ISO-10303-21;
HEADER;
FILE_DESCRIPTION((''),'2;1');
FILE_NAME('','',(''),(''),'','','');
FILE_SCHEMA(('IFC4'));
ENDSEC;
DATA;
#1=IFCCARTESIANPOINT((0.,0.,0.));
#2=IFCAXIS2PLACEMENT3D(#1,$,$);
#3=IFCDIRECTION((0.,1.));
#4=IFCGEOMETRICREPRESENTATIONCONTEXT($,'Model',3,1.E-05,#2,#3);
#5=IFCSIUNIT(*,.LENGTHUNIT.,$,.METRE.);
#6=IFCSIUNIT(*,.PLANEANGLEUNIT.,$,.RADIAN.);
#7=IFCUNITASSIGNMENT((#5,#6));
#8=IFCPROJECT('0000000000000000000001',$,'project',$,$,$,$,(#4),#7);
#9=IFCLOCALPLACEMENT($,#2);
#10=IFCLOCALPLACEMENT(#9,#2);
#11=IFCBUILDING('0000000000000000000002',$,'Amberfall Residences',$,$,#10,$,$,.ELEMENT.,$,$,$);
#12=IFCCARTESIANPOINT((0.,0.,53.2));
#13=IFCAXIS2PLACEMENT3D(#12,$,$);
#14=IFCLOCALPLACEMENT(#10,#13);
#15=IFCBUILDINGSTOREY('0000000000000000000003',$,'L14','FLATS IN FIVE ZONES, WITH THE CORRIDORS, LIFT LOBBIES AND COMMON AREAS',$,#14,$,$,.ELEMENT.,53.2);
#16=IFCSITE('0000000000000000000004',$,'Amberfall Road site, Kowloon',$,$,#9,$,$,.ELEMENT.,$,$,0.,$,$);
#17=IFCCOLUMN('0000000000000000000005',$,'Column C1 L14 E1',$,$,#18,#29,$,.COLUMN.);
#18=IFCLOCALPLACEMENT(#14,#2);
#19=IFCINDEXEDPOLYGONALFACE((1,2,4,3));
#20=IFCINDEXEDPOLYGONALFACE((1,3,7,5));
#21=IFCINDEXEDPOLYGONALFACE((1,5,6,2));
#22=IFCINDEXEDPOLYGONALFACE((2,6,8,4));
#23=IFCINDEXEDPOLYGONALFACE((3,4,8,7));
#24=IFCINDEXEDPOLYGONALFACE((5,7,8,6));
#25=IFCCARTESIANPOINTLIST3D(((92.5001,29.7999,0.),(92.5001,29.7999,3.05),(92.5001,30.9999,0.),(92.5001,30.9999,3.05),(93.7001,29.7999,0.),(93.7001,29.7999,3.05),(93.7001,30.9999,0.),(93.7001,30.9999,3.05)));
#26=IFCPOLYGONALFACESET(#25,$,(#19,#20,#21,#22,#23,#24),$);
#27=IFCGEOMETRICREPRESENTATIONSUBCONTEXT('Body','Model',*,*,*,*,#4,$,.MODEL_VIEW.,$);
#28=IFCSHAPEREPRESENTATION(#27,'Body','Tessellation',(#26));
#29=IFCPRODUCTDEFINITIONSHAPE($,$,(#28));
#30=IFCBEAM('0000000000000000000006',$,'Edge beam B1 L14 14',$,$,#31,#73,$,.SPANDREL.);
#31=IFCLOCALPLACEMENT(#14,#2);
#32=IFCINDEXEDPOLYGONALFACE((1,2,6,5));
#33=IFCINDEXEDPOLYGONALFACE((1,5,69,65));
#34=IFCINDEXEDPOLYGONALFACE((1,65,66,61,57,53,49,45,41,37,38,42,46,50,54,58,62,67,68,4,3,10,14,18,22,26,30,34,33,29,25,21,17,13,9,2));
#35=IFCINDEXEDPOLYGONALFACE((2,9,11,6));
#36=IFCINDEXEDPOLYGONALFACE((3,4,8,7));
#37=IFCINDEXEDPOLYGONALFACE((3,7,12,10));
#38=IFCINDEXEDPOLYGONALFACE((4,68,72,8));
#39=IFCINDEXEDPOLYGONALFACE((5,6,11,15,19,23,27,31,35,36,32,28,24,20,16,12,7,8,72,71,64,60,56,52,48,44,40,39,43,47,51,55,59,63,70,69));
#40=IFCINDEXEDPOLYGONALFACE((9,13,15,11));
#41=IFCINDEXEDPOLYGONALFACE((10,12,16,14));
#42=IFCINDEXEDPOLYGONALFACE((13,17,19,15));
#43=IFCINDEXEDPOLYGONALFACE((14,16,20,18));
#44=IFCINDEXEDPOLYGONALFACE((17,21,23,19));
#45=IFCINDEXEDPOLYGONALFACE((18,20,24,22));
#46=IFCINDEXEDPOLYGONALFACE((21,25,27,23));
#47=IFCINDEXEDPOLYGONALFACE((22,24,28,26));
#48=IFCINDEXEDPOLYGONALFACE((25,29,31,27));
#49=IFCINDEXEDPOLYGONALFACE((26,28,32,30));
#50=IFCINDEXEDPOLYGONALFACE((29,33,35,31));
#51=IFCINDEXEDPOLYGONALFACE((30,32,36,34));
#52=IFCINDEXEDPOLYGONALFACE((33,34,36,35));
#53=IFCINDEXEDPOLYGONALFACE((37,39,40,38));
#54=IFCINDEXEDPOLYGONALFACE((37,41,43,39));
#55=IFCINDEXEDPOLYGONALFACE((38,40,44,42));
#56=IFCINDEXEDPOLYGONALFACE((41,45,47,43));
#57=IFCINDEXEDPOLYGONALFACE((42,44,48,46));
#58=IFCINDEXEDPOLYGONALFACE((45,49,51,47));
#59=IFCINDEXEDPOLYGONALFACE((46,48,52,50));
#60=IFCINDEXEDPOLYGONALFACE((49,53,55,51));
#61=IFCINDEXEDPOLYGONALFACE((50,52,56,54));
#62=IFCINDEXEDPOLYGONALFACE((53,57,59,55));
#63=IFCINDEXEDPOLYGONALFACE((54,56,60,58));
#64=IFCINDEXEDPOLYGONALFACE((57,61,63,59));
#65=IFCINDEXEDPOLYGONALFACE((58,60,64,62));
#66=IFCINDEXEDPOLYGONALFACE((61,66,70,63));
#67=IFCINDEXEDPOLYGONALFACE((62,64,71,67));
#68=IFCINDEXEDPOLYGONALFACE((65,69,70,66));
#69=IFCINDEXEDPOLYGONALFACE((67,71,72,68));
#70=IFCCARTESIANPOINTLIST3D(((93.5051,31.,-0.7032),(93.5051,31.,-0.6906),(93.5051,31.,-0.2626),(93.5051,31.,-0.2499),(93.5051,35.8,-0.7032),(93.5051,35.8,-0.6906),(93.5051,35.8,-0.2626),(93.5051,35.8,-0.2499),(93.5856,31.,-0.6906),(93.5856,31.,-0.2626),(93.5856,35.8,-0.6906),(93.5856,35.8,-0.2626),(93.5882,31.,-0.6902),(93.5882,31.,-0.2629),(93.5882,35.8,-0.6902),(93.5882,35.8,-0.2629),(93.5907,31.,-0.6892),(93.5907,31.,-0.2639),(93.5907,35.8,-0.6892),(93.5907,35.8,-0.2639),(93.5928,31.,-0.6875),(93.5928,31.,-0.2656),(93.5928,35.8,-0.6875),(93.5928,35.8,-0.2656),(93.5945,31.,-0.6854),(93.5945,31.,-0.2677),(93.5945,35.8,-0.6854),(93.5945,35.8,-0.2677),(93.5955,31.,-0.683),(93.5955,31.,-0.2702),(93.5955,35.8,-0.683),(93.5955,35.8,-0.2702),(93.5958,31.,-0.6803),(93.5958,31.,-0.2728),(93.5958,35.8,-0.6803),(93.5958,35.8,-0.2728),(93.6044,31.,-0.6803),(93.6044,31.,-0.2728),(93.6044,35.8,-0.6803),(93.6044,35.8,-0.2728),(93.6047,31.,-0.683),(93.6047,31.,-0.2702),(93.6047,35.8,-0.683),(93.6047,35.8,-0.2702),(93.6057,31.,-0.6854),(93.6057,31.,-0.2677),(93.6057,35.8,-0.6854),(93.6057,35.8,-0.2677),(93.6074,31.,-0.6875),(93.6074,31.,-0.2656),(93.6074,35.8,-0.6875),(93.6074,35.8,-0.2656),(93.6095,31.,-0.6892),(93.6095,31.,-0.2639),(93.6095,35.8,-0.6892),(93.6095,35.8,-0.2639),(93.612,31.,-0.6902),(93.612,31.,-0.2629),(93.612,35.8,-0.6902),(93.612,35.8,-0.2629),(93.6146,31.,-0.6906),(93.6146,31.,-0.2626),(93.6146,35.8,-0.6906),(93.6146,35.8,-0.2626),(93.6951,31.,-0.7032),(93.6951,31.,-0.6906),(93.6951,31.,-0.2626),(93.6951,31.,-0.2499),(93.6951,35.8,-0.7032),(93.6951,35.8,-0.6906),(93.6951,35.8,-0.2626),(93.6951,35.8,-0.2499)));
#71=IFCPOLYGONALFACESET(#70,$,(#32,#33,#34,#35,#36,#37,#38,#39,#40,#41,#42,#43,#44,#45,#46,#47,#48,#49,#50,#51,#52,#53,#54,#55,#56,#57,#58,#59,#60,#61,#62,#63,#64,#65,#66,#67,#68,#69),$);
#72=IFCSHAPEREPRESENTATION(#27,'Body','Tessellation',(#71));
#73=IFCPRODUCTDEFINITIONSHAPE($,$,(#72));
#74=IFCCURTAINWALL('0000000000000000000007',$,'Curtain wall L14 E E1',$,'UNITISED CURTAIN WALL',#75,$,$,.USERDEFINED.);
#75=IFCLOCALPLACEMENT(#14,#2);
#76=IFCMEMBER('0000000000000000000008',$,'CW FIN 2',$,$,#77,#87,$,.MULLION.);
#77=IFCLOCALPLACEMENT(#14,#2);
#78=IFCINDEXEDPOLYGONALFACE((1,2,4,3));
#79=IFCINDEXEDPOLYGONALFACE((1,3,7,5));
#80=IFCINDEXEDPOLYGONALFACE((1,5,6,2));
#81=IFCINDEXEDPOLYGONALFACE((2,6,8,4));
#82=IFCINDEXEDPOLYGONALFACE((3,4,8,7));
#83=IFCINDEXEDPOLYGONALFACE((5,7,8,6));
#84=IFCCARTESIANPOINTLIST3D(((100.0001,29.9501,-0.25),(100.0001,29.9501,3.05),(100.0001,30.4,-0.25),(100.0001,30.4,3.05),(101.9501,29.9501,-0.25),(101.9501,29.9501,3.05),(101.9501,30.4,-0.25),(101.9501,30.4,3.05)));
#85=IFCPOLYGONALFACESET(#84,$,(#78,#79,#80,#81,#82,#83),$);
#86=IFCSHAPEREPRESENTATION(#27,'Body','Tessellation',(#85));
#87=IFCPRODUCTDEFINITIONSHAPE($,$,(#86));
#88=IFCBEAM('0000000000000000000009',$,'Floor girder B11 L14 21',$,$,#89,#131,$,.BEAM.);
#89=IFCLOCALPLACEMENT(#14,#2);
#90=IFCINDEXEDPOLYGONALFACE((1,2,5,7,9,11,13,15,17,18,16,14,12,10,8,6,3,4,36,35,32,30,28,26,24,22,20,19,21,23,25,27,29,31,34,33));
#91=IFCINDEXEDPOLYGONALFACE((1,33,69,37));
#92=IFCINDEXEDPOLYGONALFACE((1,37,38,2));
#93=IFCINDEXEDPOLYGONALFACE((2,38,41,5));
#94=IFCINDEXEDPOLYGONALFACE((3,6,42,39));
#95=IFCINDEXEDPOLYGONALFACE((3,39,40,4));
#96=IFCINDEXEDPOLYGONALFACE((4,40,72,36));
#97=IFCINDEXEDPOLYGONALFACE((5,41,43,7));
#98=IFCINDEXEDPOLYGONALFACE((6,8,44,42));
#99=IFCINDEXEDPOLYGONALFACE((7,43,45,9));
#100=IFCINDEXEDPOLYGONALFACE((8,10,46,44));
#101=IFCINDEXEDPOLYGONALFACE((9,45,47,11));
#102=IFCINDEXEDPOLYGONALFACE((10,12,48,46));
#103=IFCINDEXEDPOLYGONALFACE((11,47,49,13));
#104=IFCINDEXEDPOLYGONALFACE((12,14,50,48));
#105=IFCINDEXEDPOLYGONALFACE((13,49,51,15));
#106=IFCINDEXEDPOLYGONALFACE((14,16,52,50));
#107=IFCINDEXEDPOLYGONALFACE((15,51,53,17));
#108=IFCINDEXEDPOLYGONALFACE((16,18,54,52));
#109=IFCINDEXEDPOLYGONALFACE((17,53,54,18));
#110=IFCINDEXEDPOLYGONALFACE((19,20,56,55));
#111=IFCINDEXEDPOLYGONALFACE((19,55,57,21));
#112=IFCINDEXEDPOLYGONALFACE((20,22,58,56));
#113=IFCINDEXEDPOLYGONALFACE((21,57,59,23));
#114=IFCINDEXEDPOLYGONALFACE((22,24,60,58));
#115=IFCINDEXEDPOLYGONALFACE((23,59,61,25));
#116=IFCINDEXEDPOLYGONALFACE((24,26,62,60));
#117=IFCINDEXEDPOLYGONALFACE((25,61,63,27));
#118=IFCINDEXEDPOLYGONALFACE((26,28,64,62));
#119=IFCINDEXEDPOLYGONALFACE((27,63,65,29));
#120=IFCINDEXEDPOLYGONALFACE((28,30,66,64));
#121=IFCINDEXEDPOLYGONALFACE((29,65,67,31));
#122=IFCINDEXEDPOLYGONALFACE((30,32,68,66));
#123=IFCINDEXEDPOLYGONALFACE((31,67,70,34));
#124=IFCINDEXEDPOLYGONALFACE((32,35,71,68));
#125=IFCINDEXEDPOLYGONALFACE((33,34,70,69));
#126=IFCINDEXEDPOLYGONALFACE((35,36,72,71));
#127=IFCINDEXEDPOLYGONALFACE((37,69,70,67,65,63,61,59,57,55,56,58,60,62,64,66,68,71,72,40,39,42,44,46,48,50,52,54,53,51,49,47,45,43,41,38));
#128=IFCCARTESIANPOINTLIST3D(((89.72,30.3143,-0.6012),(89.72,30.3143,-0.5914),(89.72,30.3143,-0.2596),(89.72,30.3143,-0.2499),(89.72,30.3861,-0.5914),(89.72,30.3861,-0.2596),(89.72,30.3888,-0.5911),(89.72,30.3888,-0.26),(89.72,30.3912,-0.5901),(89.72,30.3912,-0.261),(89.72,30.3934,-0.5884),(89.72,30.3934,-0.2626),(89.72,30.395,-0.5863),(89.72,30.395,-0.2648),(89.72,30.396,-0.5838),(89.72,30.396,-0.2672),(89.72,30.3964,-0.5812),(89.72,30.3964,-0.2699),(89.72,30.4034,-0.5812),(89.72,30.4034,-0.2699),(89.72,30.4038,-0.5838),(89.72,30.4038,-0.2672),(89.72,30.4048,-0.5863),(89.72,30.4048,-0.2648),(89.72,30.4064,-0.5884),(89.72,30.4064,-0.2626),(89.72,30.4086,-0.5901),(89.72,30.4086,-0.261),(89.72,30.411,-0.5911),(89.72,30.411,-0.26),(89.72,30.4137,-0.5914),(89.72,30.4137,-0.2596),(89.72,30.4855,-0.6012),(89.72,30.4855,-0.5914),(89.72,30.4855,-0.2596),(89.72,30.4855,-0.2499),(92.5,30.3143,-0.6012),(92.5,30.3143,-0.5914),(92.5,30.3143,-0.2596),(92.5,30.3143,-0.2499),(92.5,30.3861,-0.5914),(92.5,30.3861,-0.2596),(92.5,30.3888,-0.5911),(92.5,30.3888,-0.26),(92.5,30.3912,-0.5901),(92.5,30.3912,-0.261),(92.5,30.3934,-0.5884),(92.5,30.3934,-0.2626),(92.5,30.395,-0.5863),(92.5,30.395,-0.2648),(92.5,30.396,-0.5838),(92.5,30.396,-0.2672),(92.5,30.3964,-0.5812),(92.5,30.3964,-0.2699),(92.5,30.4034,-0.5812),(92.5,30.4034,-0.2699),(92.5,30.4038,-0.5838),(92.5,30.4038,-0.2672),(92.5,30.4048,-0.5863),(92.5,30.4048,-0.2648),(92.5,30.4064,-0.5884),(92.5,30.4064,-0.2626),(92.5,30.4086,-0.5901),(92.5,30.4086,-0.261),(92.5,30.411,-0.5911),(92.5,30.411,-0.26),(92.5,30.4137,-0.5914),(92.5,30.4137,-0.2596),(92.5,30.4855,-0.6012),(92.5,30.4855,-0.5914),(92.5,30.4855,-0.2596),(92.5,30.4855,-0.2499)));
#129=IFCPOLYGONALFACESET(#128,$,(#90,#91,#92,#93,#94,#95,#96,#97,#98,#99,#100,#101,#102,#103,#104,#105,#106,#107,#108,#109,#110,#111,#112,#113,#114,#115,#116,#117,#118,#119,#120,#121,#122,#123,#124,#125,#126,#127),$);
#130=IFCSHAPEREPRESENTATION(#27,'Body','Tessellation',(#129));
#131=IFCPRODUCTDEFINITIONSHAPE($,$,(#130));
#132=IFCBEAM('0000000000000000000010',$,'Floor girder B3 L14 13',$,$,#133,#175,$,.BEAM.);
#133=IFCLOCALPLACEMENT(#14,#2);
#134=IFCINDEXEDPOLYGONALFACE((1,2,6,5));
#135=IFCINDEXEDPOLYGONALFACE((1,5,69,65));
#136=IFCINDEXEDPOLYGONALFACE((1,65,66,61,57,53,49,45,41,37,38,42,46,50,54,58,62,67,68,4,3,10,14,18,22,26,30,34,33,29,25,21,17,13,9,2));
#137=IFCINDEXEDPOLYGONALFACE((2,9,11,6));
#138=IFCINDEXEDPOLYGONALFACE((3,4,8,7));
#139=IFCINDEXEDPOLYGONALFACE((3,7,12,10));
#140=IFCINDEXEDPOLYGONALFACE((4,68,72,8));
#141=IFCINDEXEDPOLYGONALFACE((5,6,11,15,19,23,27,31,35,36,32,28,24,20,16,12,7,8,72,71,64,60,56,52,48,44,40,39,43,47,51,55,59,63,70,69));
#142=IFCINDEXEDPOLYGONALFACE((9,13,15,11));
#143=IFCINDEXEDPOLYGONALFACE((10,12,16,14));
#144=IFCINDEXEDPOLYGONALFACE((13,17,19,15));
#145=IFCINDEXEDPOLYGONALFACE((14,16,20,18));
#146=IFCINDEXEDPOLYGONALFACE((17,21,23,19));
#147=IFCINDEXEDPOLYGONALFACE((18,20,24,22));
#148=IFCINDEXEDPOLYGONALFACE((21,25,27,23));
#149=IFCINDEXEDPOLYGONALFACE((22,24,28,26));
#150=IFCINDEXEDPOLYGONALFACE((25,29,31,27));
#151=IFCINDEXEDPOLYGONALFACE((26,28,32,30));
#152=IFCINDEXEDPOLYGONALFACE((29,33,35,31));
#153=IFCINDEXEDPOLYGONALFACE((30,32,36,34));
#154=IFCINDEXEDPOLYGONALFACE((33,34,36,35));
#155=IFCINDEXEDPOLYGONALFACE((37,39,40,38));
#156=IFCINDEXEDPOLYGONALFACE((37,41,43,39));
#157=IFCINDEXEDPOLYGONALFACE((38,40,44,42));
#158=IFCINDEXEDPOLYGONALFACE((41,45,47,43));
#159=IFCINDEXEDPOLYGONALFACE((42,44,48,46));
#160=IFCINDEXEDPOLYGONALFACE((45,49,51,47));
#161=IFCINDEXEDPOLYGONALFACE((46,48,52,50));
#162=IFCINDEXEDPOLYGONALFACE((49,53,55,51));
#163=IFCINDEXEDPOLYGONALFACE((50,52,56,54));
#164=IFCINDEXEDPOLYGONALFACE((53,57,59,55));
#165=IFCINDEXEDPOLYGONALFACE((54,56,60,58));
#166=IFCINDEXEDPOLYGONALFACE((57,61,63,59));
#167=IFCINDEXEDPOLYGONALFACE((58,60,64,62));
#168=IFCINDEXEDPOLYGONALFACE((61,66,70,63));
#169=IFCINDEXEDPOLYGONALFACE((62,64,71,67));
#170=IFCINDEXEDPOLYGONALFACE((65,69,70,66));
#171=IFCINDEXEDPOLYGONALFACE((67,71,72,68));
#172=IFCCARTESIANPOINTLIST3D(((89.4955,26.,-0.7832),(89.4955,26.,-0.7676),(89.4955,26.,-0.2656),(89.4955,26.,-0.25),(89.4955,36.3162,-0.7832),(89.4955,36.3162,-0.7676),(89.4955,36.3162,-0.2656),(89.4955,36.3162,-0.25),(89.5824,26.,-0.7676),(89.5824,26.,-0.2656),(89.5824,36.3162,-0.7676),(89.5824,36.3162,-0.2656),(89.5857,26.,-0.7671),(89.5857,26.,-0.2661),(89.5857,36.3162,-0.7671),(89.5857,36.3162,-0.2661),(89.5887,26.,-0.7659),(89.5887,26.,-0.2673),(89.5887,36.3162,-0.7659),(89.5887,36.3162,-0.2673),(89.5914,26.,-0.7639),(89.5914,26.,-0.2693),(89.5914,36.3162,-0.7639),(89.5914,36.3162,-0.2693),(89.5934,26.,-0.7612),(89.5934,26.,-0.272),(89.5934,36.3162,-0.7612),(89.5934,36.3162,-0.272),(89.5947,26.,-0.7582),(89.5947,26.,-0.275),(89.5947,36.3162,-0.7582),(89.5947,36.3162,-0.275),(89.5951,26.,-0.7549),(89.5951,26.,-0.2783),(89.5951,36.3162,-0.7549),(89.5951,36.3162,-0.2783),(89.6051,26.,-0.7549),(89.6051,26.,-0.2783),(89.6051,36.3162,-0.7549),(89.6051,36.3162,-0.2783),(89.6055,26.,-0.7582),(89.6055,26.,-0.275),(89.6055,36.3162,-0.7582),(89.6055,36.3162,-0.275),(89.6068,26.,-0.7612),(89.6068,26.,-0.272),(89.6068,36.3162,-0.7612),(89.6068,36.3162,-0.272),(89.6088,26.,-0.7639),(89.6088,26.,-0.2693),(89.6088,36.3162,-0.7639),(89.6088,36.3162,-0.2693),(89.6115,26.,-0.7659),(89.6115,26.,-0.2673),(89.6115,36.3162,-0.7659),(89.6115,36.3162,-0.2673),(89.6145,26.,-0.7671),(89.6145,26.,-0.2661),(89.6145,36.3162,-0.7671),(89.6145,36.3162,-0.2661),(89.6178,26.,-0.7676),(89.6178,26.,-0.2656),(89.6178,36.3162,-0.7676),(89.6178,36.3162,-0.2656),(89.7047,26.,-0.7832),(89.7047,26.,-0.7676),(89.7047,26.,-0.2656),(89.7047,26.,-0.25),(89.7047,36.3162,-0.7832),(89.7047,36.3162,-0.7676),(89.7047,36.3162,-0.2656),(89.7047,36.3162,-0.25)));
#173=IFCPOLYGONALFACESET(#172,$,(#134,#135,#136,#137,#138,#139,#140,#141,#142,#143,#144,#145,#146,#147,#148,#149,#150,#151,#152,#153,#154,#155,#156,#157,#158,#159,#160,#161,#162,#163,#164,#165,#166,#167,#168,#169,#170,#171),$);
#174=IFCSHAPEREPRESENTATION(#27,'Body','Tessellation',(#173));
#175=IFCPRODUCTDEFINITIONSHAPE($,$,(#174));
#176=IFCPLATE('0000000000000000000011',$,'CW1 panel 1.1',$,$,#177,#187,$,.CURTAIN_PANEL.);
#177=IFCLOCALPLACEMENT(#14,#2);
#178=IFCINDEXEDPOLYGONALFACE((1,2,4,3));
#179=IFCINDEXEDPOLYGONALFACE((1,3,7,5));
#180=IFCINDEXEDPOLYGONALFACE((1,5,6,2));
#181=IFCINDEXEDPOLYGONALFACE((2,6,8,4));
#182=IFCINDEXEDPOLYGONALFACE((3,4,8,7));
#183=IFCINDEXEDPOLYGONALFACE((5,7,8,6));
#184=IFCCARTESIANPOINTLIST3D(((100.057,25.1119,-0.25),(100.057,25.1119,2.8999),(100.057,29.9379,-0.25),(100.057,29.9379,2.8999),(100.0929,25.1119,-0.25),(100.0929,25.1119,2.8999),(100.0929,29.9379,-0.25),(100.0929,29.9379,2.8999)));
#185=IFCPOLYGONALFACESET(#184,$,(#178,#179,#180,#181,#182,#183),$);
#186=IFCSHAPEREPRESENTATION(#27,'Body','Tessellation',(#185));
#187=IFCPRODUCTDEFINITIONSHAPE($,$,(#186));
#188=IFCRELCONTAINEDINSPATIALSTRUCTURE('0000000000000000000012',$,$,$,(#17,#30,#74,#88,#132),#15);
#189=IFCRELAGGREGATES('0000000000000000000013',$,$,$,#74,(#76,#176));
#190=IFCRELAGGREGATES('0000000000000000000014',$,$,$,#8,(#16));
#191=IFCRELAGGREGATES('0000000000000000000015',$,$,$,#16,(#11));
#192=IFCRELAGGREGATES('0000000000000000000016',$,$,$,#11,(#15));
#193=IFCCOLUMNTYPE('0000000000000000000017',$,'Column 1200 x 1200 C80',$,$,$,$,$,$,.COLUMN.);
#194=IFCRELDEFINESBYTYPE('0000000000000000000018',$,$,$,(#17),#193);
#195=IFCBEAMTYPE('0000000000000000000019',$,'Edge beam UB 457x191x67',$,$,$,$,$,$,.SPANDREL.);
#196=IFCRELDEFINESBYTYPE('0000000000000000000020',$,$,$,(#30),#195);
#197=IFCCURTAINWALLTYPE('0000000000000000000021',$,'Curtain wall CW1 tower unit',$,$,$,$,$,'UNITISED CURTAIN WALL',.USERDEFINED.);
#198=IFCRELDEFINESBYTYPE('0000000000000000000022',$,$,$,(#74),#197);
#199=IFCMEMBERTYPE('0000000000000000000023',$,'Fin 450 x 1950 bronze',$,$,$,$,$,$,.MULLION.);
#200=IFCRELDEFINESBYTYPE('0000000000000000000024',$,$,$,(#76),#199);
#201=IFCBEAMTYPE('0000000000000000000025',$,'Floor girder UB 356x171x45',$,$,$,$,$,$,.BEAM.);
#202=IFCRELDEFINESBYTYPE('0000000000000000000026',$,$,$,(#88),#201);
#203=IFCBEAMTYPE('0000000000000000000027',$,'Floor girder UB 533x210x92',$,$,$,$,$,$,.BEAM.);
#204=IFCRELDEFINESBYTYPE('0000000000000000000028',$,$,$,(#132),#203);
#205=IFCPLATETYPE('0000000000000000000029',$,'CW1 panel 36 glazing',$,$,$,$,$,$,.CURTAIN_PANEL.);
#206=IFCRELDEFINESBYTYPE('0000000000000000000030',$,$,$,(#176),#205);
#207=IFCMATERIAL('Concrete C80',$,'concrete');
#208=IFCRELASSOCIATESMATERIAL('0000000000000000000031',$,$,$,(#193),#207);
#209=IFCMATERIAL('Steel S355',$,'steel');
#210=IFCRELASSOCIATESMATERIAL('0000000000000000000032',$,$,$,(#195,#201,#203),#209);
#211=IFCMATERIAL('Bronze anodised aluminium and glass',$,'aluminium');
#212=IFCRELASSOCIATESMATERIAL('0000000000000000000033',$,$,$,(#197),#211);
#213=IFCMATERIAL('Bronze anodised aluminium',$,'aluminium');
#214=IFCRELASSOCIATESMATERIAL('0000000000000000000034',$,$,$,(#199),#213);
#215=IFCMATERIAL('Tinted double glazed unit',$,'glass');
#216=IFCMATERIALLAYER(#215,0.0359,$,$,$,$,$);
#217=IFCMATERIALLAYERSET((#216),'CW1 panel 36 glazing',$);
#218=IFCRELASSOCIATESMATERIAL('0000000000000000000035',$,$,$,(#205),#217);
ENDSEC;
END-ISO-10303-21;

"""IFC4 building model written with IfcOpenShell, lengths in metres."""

from ifc_helpers import new_model, si_unit, direction, frame, origin, origin_2d, place, context, subcontext, project, spatial, rectangle, i_section, extrude, material, layer, layer_set, material_profile, profile_set, type_object, element, aggregate, save


model = new_model("IFC4")

# Units and contexts
model_context = context("Model", 3, precision=1e-05, world=origin(), true_north=direction((0.0, 1.0)))
body_context = subcontext(model_context, "Body", "Model", "MODEL_VIEW")
ifc_project = project(units=[si_unit("LENGTHUNIT", "METRE"), si_unit("PLANEANGLEUNIT", "RADIAN")], contexts=[model_context])

# Site, building, storey
site_placement = place(None, origin())
site = spatial("IfcSite", under=ifc_project, at=site_placement, Name="Amberfall Road site, Kowloon", CompositionType="ELEMENT", RefElevation=0.0)
building_placement = place(site_placement, origin())
building = spatial("IfcBuilding", under=site, at=building_placement, Name="Amberfall Residences", CompositionType="ELEMENT")
storey_placement = place(building_placement, frame((0.0, 0.0, 53.2)))
storey = spatial("IfcBuildingStorey", under=building, at=storey_placement, Name="L14", Description="FLATS IN FIVE ZONES, WITH THE CORRIDORS, LIFT LOBBIES AND COMMON AREAS", CompositionType="ELEMENT", Elevation=53.2)

# Column
ifc_material_1 = material(Name="Concrete C80", Category="concrete")
ifc_material_profile_1 = material_profile(ifc_material_1, rectangle(XDim=1.2, YDim=1.2, at=origin_2d()), Name="Column 1200 x 1200 C80")
ifc_profile_set_1 = profile_set([ifc_material_profile_1], Name="Concrete C80")
column_type = type_object("IfcColumnType", Name="Column 1200 x 1200 C80", PredefinedType="COLUMN", material=ifc_profile_set_1)
column_placement = place(storey_placement, frame((93.1001, 30.3999, 0.0), z_axis=(0.0, 0.0, 1.0), x_axis=(1.0, 0.0, 0.0)))
element("IfcColumn", 1, at=column_placement, inside=storey, type_object=column_type, Name="Column C1 L14 E1", PredefinedType="COLUMN", context=body_context, shape_type="SweptSolid", body=[
    extrude(rectangle(XDim=1.2, YDim=1.2, at=origin_2d()), origin(), (0.0, 0.0, 1.0), 3.05),
])

# Beam
ifc_material_2 = material(Name="Steel S355", Category="steel")
ifc_material_profile_2 = material_profile(ifc_material_2, i_section(OverallWidth=0.1899, OverallDepth=0.4534, WebThickness=0.0085, FlangeThickness=0.0127, FilletRadius=0.0103, at=origin_2d()), Name="UB 457x191x67")
ifc_profile_set_2 = profile_set([ifc_material_profile_2], Name="Steel S355")
beam_type_1 = type_object("IfcBeamType", Name="Edge beam UB 457x191x67", PredefinedType="SPANDREL", material=ifc_profile_set_2)
beam_1_placement = place(storey_placement, frame((93.6001, 31.0, -0.4766), z_axis=(0.0, 1.0, 0.0), x_axis=(-1.0, 0.0, 0.0)))
element("IfcBeam", 2, at=beam_1_placement, inside=storey, type_object=beam_type_1, Name="Edge beam B1 L14 14", PredefinedType="SPANDREL", context=body_context, shape_type="SweptSolid", body=[
    extrude(i_section(OverallWidth=0.1899, OverallDepth=0.4534, WebThickness=0.0085, FlangeThickness=0.0127, FilletRadius=0.0103, at=origin_2d()), origin(), (0.0, 0.0, 1.0), 4.8),
])

# Curtain wall, member
ifc_material_3 = material(Name="Bronze anodised aluminium and glass", Category="aluminium")
curtain_wall_type = type_object("IfcCurtainWallType", Name="Curtain wall CW1 tower unit", ElementType="UNITISED CURTAIN WALL", PredefinedType="USERDEFINED", material=ifc_material_3)
curtain_wall_placement = place(storey_placement, origin())
curtain_wall = element("IfcCurtainWall", 3, at=curtain_wall_placement, inside=storey, type_object=curtain_wall_type, Name="Curtain wall L14 E E1", ObjectType="UNITISED CURTAIN WALL", PredefinedType="USERDEFINED")
ifc_material_4 = material(Name="Bronze anodised aluminium", Category="aluminium")
ifc_material_profile_3 = material_profile(ifc_material_4, rectangle(XDim=1.95, YDim=0.45, at=origin_2d()), Name="Fin 450 x 1950 bronze")
ifc_profile_set_3 = profile_set([ifc_material_profile_3], Name="Bronze anodised aluminium")
member_type = type_object("IfcMemberType", Name="Fin 450 x 1950 bronze", PredefinedType="MULLION", material=ifc_profile_set_3)
member_placement = place(storey_placement, frame((100.9751, 30.175, -0.25), z_axis=(0.0, 0.0, 1.0), x_axis=(-1.0, 0.0, 0.0)))
member = element("IfcMember", 4, at=member_placement, type_object=member_type, Name="CW FIN 2", PredefinedType="MULLION", context=body_context, shape_type="SweptSolid", body=[
    extrude(rectangle(XDim=1.95, YDim=0.45, at=origin_2d()), origin(), (0.0, 0.0, 1.0), 3.3),
])

# Beams
ifc_material_profile_4 = material_profile(ifc_material_2, i_section(OverallWidth=0.1711, OverallDepth=0.3513, WebThickness=0.0071, FlangeThickness=0.0098, FilletRadius=0.0103, at=origin_2d()), Name="UB 356x171x45")
ifc_profile_set_4 = profile_set([ifc_material_profile_4], Name="Steel S355")
beam_type_2 = type_object("IfcBeamType", Name="Floor girder UB 356x171x45", PredefinedType="BEAM", material=ifc_profile_set_4)
beam_2_placement = place(storey_placement, frame((92.5, 30.3999, -0.4255), z_axis=(-1.0, 0.0, 0.0), x_axis=(0.0, -1.0, 0.0)))
element("IfcBeam", 5, at=beam_2_placement, inside=storey, type_object=beam_type_2, Name="Floor girder B11 L14 21", PredefinedType="BEAM", context=body_context, shape_type="SweptSolid", body=[
    extrude(i_section(OverallWidth=0.1711, OverallDepth=0.3513, WebThickness=0.0071, FlangeThickness=0.0098, FilletRadius=0.0103, at=origin_2d()), origin(), (0.0, 0.0, 1.0), 2.78),
])
ifc_material_profile_5 = material_profile(ifc_material_2, i_section(OverallWidth=0.2092, OverallDepth=0.5332, WebThickness=0.01, FlangeThickness=0.0156, FilletRadius=0.0127, at=origin_2d()), Name="UB 533x210x92")
ifc_profile_set_5 = profile_set([ifc_material_profile_5], Name="Steel S355")
beam_type_3 = type_object("IfcBeamType", Name="Floor girder UB 533x210x92", PredefinedType="BEAM", material=ifc_profile_set_5)
beam_3_placement = place(storey_placement, frame((89.6001, 26.0, -0.5166), z_axis=(0.0, 1.0, 0.0), x_axis=(-1.0, 0.0, 0.0)))
element("IfcBeam", 6, at=beam_3_placement, inside=storey, type_object=beam_type_3, Name="Floor girder B3 L14 13", PredefinedType="BEAM", context=body_context, shape_type="SweptSolid", body=[
    extrude(i_section(OverallWidth=0.2092, OverallDepth=0.5332, WebThickness=0.01, FlangeThickness=0.0156, FilletRadius=0.0127, at=origin_2d()), origin(), (0.0, 0.0, 1.0), 10.3162),
])

# Plate
ifc_material_5 = material(Name="Tinted double glazed unit", Category="glass")
ifc_layer_1 = layer(ifc_material_5, 0.0359)
ifc_layer_set_1 = layer_set([ifc_layer_1], Name="CW1 panel 36 glazing")
plate_type = type_object("IfcPlateType", Name="CW1 panel 36 glazing", PredefinedType="CURTAIN_PANEL", material=ifc_layer_set_1)
plate_placement = place(storey_placement, frame((100.075, 27.5249, -0.25), z_axis=(0.0, 0.0, 1.0), x_axis=(0.0, 1.0, 0.0)))
plate = element("IfcPlate", 7, at=plate_placement, type_object=plate_type, Name="CW1 panel 1.1", PredefinedType="CURTAIN_PANEL", context=body_context, shape_type="SweptSolid", body=[
    extrude(rectangle(XDim=4.8259, YDim=0.0359, at=origin_2d()), origin(), (0.0, 0.0, 1.0), 3.1499),
])
aggregate(curtain_wall, [member, plate])

save(model, "model.ifc")
